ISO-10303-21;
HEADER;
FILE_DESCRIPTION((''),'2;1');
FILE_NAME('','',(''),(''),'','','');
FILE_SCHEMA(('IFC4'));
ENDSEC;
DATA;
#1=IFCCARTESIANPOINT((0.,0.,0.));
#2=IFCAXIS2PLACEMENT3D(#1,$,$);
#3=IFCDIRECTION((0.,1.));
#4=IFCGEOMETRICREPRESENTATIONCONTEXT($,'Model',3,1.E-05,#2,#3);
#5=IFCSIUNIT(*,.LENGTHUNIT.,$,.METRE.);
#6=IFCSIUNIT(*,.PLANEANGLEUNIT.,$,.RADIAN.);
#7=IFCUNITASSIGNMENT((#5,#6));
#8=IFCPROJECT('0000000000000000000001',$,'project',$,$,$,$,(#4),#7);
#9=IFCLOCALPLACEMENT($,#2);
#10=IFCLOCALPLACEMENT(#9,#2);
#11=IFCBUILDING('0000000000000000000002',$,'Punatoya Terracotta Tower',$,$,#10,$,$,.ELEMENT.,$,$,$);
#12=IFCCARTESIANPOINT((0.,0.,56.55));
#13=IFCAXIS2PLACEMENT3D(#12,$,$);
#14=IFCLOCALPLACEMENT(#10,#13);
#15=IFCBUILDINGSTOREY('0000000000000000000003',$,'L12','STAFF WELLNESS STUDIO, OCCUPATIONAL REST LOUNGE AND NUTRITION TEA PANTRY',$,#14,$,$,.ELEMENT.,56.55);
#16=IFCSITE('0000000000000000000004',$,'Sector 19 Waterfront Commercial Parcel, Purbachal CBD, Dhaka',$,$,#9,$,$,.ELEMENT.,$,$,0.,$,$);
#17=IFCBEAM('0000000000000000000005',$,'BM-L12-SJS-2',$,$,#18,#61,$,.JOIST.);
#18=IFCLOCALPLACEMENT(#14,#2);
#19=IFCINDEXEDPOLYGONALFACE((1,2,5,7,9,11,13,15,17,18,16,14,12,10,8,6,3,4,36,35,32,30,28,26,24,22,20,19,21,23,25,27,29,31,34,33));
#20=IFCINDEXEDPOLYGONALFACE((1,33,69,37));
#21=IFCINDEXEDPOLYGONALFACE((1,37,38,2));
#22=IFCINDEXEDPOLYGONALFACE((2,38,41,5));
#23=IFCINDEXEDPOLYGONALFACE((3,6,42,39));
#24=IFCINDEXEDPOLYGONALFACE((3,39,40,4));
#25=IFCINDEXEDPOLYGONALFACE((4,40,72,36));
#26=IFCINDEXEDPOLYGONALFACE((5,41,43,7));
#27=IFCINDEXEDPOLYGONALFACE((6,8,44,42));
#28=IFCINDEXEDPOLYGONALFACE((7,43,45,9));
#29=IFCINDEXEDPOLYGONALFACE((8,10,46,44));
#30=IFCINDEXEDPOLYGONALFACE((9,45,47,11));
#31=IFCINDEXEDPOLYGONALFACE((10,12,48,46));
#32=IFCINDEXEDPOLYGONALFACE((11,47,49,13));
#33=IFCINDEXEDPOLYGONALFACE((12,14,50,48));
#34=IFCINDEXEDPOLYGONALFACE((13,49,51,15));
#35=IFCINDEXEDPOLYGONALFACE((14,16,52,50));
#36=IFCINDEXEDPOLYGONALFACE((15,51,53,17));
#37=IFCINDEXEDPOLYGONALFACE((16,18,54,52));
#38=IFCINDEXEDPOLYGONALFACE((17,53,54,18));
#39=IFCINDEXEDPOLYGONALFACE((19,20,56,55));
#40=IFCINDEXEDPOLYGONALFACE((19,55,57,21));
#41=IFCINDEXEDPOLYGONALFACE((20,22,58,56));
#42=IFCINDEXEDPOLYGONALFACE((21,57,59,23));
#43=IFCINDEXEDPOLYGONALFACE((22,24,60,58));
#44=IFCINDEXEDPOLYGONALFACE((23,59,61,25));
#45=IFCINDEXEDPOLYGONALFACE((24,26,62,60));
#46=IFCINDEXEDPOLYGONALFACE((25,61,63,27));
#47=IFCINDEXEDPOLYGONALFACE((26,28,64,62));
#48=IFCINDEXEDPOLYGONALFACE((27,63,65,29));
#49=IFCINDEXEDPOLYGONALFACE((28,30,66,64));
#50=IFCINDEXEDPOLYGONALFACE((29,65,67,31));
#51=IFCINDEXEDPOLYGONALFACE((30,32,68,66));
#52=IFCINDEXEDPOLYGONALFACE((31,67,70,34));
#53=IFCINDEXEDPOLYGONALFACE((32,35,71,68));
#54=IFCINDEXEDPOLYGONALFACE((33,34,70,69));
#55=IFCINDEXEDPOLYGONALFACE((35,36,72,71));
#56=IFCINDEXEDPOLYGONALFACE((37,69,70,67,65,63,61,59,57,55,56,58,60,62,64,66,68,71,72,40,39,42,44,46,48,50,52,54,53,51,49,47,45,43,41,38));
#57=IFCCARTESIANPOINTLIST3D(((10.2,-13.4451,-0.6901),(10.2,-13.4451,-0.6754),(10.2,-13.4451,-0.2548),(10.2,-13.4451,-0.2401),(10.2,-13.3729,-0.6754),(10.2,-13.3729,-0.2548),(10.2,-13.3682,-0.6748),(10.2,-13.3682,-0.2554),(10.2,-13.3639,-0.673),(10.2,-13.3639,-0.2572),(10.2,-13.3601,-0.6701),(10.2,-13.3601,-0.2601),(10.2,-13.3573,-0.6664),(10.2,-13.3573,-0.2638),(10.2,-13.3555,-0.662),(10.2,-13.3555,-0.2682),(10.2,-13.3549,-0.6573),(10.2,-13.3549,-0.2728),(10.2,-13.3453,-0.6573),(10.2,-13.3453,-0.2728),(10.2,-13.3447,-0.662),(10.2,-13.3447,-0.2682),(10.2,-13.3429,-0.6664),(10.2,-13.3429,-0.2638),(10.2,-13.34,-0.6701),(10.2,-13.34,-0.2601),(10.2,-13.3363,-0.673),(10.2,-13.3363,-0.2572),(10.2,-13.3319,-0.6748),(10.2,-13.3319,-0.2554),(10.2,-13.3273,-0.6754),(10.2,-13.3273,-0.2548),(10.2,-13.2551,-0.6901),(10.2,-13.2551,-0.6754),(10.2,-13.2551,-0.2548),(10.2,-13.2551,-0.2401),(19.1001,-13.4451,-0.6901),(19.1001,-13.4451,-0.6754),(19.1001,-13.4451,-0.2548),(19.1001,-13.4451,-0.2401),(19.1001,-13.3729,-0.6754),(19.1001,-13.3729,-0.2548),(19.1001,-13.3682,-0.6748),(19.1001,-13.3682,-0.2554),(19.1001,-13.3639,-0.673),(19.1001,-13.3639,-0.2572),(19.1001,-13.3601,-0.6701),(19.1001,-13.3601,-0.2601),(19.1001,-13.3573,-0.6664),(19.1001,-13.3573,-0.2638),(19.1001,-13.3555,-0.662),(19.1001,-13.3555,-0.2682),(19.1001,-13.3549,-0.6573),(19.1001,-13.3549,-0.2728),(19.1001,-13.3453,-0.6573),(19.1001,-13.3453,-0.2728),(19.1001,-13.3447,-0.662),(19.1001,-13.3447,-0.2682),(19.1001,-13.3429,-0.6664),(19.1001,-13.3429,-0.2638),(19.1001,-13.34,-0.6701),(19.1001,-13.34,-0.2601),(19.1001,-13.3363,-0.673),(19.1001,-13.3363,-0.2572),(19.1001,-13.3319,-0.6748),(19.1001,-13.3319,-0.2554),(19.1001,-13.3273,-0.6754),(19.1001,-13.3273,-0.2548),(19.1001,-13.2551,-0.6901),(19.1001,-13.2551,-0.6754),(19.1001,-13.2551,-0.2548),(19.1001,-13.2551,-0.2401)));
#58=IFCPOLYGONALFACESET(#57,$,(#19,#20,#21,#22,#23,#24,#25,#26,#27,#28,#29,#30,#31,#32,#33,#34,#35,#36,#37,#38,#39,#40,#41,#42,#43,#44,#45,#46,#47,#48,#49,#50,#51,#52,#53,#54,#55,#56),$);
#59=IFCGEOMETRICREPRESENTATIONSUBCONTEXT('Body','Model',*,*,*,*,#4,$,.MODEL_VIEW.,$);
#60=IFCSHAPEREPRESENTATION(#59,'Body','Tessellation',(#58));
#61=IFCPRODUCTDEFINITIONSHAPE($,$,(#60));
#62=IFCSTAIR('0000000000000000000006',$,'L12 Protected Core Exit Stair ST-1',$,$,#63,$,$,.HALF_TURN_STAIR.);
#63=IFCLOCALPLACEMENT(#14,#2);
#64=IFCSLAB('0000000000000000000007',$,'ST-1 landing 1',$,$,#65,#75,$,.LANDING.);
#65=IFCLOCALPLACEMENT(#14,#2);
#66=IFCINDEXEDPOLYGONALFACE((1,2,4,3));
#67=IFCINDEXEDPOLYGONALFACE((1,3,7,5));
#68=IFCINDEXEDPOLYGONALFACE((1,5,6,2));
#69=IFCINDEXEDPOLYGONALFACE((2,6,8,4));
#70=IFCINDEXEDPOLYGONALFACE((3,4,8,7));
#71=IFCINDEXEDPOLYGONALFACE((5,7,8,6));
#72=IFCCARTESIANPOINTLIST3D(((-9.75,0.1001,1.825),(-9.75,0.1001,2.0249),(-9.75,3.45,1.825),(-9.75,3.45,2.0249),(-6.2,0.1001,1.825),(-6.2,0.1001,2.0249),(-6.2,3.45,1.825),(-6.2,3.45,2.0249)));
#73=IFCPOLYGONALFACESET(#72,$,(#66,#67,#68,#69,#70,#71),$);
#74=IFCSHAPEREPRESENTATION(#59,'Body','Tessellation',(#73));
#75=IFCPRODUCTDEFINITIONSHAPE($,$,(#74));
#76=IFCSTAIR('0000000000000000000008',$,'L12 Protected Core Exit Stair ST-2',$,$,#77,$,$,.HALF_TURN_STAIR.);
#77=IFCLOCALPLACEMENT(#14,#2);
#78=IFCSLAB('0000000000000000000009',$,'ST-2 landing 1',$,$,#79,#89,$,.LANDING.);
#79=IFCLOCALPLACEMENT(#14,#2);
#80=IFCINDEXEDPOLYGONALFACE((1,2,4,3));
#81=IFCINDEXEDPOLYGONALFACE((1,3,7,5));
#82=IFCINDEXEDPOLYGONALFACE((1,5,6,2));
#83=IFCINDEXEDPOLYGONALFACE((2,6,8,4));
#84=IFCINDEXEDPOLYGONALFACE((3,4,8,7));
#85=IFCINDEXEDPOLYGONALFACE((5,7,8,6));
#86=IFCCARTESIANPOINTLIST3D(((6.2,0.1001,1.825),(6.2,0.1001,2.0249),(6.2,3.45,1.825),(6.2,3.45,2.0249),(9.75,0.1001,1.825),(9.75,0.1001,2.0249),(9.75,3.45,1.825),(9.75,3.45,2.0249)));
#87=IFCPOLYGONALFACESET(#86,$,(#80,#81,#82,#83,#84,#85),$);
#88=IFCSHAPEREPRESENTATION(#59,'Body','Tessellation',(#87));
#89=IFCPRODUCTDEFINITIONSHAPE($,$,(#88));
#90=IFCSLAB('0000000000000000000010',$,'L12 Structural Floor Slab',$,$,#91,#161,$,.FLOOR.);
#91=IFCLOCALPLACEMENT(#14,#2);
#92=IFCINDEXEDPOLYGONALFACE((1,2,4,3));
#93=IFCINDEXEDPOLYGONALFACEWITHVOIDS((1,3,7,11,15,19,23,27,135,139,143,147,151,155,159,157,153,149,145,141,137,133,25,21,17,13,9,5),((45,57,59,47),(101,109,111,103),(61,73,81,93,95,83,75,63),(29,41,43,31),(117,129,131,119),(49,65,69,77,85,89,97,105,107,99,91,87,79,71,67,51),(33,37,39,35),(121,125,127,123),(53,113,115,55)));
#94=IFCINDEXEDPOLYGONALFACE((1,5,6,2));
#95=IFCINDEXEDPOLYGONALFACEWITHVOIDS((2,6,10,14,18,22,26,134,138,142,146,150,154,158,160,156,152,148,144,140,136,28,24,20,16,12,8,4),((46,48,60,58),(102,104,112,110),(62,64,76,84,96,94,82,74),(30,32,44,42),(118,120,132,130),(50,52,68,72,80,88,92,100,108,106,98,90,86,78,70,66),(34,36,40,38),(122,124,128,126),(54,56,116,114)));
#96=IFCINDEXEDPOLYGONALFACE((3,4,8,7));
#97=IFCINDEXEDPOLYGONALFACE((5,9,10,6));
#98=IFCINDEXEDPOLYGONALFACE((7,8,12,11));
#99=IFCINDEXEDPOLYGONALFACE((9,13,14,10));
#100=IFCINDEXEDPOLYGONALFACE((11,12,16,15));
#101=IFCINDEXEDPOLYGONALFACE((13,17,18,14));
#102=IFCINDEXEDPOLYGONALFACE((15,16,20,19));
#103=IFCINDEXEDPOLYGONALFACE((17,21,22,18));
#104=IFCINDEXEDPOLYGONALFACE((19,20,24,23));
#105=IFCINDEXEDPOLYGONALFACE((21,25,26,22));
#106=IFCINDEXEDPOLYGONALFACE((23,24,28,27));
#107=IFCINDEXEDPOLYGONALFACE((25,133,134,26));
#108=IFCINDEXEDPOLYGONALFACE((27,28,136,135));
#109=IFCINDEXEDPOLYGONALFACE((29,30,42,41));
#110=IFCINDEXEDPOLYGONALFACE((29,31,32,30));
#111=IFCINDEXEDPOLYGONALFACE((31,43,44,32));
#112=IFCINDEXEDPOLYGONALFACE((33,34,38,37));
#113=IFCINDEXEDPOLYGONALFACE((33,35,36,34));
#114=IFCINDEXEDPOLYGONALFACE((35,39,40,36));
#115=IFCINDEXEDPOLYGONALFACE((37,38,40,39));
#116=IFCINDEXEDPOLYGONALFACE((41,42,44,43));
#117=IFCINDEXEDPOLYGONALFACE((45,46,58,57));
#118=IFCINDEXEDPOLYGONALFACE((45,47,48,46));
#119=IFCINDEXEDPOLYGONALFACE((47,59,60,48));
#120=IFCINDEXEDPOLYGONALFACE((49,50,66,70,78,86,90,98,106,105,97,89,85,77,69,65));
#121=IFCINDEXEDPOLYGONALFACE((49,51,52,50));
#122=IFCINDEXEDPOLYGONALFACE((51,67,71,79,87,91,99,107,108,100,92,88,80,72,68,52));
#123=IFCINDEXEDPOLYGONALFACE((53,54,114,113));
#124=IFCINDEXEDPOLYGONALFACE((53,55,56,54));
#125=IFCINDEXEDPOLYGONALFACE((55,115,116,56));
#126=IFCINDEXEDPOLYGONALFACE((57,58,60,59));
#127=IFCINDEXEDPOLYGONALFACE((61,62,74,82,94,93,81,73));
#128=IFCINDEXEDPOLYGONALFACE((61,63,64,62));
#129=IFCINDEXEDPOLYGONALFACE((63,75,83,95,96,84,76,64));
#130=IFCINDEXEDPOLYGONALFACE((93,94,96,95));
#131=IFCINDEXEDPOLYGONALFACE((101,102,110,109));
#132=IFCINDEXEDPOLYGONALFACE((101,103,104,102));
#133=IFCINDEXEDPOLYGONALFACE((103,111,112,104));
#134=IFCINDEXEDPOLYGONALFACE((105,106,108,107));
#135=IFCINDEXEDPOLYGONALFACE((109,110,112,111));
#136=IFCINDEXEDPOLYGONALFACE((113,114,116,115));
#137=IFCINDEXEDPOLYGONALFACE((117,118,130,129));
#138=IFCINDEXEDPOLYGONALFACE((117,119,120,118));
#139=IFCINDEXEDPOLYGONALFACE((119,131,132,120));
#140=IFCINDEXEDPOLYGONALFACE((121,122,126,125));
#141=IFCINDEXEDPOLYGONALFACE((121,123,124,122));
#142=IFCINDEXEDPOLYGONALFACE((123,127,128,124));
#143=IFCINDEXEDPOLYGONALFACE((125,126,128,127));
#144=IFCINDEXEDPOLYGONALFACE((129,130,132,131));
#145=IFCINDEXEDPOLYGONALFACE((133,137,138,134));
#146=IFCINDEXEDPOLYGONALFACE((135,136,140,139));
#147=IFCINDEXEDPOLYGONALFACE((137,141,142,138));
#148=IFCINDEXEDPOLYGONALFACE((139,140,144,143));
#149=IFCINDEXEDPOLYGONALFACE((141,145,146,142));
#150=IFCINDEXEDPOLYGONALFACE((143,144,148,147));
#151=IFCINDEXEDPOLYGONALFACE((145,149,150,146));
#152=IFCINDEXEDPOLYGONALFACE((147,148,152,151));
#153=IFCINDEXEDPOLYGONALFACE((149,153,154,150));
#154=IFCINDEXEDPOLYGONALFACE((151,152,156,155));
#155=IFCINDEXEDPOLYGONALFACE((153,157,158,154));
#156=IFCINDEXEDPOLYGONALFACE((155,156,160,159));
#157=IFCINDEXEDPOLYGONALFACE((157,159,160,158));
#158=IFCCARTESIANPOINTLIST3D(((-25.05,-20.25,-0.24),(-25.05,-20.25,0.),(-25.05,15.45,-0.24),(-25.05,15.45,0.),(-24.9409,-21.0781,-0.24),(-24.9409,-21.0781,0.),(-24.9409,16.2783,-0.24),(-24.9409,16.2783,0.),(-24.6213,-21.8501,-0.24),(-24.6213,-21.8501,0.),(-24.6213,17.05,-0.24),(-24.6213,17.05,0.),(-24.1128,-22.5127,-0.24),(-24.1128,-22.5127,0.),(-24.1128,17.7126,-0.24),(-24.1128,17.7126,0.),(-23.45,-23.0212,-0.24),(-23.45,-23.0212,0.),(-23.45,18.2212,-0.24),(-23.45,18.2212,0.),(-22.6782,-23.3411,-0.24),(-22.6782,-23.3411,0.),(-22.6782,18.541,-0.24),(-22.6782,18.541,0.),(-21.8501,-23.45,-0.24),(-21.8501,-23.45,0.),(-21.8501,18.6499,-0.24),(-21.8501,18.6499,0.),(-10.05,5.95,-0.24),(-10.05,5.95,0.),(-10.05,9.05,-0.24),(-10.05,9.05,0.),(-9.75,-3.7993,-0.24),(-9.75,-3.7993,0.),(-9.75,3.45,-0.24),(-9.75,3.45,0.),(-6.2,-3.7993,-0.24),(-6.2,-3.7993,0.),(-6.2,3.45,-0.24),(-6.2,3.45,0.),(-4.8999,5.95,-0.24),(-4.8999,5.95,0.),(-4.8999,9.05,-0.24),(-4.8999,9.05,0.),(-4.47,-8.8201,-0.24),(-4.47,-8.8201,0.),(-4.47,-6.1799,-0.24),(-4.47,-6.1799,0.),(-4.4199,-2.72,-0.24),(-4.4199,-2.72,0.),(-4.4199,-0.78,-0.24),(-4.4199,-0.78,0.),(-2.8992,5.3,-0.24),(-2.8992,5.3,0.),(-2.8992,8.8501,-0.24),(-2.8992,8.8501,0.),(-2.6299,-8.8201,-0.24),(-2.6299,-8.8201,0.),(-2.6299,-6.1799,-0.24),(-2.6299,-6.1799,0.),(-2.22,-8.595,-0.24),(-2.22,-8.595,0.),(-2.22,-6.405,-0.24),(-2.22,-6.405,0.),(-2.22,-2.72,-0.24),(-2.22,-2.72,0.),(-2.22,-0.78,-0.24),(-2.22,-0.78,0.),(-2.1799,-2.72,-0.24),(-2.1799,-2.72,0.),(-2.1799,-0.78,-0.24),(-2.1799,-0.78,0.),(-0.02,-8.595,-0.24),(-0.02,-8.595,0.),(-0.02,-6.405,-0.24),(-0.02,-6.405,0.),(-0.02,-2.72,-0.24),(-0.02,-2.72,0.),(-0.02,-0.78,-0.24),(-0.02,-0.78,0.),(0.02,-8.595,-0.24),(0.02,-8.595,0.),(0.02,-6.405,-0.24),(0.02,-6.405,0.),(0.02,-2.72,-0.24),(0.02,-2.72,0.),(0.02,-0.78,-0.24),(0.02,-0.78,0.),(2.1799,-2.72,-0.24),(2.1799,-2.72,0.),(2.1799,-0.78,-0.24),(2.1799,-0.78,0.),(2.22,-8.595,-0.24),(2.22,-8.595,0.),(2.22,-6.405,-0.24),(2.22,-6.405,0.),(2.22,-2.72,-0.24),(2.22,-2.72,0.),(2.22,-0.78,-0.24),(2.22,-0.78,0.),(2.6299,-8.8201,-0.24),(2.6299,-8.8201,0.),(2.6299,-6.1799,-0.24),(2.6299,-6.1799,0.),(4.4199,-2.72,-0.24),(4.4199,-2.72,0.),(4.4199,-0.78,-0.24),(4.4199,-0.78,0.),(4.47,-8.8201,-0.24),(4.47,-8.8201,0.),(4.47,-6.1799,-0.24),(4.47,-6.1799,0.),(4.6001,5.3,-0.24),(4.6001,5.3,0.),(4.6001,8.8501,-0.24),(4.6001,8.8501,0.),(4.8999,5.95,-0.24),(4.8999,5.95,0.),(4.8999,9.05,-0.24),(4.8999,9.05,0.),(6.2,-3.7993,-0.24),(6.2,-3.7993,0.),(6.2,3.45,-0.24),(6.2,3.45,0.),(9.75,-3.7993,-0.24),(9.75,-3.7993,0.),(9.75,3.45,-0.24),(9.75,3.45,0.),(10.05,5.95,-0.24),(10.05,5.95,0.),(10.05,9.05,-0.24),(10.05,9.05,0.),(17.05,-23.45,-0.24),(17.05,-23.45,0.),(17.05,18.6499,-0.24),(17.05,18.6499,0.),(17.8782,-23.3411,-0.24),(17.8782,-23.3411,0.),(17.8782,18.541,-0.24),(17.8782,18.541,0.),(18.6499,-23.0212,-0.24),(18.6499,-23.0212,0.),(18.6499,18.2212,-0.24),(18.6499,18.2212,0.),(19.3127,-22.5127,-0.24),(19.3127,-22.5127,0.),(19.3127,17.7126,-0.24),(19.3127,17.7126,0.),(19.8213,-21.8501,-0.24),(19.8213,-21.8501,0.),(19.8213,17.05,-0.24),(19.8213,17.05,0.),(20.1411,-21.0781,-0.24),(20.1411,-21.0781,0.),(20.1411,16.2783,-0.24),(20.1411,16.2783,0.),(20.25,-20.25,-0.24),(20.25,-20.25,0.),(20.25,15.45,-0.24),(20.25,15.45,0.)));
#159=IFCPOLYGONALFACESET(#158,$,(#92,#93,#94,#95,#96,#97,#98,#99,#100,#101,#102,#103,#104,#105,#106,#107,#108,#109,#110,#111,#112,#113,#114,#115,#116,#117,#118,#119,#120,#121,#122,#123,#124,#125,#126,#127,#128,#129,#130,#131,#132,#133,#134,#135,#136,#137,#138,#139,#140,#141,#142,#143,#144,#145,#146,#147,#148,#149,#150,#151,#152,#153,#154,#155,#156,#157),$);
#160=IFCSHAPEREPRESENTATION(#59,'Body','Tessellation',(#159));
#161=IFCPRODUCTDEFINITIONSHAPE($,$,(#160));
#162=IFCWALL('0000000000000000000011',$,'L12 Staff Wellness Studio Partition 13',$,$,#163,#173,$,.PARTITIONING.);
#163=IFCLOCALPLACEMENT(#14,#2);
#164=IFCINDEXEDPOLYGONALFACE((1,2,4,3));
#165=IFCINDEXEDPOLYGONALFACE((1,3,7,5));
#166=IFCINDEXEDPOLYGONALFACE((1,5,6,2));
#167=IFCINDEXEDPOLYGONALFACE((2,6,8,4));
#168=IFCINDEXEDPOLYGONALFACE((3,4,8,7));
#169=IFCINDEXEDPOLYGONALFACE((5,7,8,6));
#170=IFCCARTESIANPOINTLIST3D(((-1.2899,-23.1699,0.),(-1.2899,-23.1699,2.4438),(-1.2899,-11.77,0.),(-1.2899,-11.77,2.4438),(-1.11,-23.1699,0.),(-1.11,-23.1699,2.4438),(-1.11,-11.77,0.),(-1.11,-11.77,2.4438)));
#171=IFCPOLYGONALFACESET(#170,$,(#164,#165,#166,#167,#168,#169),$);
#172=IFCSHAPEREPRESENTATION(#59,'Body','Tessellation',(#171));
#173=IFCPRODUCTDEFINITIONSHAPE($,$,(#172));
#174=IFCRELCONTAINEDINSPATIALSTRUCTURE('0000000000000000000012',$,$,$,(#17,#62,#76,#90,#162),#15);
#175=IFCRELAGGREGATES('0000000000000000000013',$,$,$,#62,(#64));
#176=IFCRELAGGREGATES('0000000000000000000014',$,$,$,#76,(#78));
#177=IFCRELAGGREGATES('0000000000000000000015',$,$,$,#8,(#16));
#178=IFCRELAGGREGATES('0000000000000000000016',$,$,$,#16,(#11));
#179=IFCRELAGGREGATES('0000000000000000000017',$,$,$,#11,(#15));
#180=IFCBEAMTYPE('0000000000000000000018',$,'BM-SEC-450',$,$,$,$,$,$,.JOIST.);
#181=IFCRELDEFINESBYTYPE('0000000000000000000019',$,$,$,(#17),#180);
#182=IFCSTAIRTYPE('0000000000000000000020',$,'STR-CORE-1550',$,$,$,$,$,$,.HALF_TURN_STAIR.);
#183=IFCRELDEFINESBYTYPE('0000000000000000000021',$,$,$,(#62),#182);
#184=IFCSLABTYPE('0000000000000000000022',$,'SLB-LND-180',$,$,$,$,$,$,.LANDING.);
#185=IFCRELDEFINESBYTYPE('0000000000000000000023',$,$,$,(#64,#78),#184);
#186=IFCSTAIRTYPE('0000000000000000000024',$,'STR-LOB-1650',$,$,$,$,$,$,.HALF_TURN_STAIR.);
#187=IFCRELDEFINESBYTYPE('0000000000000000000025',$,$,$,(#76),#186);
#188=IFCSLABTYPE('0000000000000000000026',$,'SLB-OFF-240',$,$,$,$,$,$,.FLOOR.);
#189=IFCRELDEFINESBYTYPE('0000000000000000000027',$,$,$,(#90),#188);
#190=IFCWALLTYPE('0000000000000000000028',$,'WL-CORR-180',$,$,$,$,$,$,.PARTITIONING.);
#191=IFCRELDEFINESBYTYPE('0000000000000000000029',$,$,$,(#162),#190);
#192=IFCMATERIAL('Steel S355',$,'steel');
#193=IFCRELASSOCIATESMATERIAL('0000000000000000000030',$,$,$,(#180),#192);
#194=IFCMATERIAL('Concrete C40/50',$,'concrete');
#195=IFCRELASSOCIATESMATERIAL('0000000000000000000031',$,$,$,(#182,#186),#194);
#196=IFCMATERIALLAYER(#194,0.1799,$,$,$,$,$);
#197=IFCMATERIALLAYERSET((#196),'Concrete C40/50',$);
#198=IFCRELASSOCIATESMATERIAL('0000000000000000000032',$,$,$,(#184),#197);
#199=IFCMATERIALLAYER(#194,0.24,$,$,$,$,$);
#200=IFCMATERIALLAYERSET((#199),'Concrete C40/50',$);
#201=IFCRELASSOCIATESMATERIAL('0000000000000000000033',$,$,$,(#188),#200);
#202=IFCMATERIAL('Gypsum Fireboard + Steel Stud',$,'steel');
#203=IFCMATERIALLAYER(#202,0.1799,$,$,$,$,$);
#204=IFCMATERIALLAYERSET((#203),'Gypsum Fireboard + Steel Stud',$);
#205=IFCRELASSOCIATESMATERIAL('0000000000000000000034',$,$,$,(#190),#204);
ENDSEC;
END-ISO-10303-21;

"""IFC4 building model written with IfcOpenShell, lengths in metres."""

from ifc_helpers import new_model, si_unit, direction, frame, frame_2d, origin, origin_2d, place, context, subcontext, project, spatial, polyline, rectangle, i_section, outline, extrude, material, layer, layer_set, material_profile, profile_set, type_object, element, aggregate, save


model = new_model("IFC4")

# Units and contexts
model_context = context("Model", 3, precision=1e-05, world=origin(), true_north=direction((0.0, 1.0)))
body_context = subcontext(model_context, "Body", "Model", "MODEL_VIEW")
ifc_project = project(units=[si_unit("LENGTHUNIT", "METRE"), si_unit("PLANEANGLEUNIT", "RADIAN")], contexts=[model_context])

# Site, building, storey
site_placement = place(None, origin())
site = spatial("IfcSite", under=ifc_project, at=site_placement, Name="Sector 19 Waterfront Commercial Parcel, Purbachal CBD, Dhaka", CompositionType="ELEMENT", RefElevation=0.0)
building_placement = place(site_placement, origin())
building = spatial("IfcBuilding", under=site, at=building_placement, Name="Punatoya Terracotta Tower", CompositionType="ELEMENT")
storey_placement = place(building_placement, frame((0.0, 0.0, 56.55)))
storey = spatial("IfcBuildingStorey", under=building, at=storey_placement, Name="L12", Description="STAFF WELLNESS STUDIO, OCCUPATIONAL REST LOUNGE AND NUTRITION TEA PANTRY", CompositionType="ELEMENT", Elevation=56.55)

# Beam
ifc_material_1 = material(Name="Steel S355", Category="steel")
ifc_material_profile = material_profile(ifc_material_1, i_section(OverallWidth=0.1899, OverallDepth=0.45, WebThickness=0.0095, FlangeThickness=0.0146, FilletRadius=0.0181, at=origin_2d()))
ifc_profile_set = profile_set([ifc_material_profile], Name="Steel S355")
beam_type = type_object("IfcBeamType", Name="BM-SEC-450", PredefinedType="JOIST", material=ifc_profile_set)
beam_placement = place(storey_placement, frame((10.2, -13.3501, -0.4651), z_axis=(1.0, 0.0, 0.0), x_axis=(0.0, 1.0, 0.0)))
element("IfcBeam", 1, at=beam_placement, inside=storey, type_object=beam_type, Name="BM-L12-SJS-2", PredefinedType="JOIST", context=body_context, shape_type="SweptSolid", body=[
    extrude(i_section(OverallWidth=0.1899, OverallDepth=0.45, WebThickness=0.0095, FlangeThickness=0.0146, FilletRadius=0.0181, at=origin_2d()), origin(), (0.0, 0.0, 1.0), 8.9001),
])

# Stairs, slabs
ifc_material_2 = material(Name="Concrete C40/50", Category="concrete")
stair_type_1 = type_object("IfcStairType", Name="STR-CORE-1550", PredefinedType="HALF_TURN_STAIR", material=ifc_material_2)
stair_1_placement = place(storey_placement, origin())
stair_1 = element("IfcStair", 2, at=stair_1_placement, inside=storey, type_object=stair_type_1, Name="L12 Protected Core Exit Stair ST-1", PredefinedType="HALF_TURN_STAIR")
ifc_layer_1 = layer(ifc_material_2, 0.1799)
ifc_layer_set_1 = layer_set([ifc_layer_1], Name="Concrete C40/50")
slab_type_1 = type_object("IfcSlabType", Name="SLB-LND-180", PredefinedType="LANDING", material=ifc_layer_set_1)
slab_1_placement = place(storey_placement, frame((0.0, 0.0, 1.825)))
slab_1 = element("IfcSlab", 3, at=slab_1_placement, type_object=slab_type_1, Name="ST-1 landing 1", PredefinedType="LANDING", context=body_context, shape_type="SweptSolid", body=[
    extrude(outline(polyline([(-6.2, 0.1001), (-6.2, 3.45), (-9.75, 3.45), (-9.75, 0.1001), (-6.2, 0.1001)])), origin(), (0.0, 0.0, 1.0), 0.2),
])
aggregate(stair_1, [slab_1])
stair_type_2 = type_object("IfcStairType", Name="STR-LOB-1650", PredefinedType="HALF_TURN_STAIR", material=ifc_material_2)
stair_2_placement = place(storey_placement, origin())
stair_2 = element("IfcStair", 4, at=stair_2_placement, inside=storey, type_object=stair_type_2, Name="L12 Protected Core Exit Stair ST-2", PredefinedType="HALF_TURN_STAIR")
slab_2_placement = place(storey_placement, frame((0.0, 0.0, 1.825)))
slab_2 = element("IfcSlab", 5, at=slab_2_placement, type_object=slab_type_1, Name="ST-2 landing 1", PredefinedType="LANDING", context=body_context, shape_type="SweptSolid", body=[
    extrude(outline(polyline([(9.75, 0.1001), (9.75, 3.45), (6.2, 3.45), (6.2, 0.1001), (9.75, 0.1001)])), origin(), (0.0, 0.0, 1.0), 0.2),
])

# Slab
ifc_layer_2 = layer(ifc_material_2, 0.24)
ifc_layer_set_2 = layer_set([ifc_layer_2], Name="Concrete C40/50")
slab_type_2 = type_object("IfcSlabType", Name="SLB-OFF-240", PredefinedType="FLOOR", material=ifc_layer_set_2)
slab_3_placement = place(storey_placement, frame((0.0, 0.0, -0.24)))
element("IfcSlab", 6, at=slab_3_placement, inside=storey, type_object=slab_type_2, Name="L12 Structural Floor Slab", PredefinedType="FLOOR", context=body_context, shape_type="SweptSolid", body=[
    extrude(outline(polyline([(-21.8501, -23.45), (-22.6782, -23.3411), (-23.45, -23.0212), (-24.1128, -22.5127), (-24.6213, -21.8501), (-24.9409, -21.0781), (-25.05, -20.25), (-25.05, 15.45), (-24.9409, 16.2783), (-24.6213, 17.05), (-24.1128, 17.7126), (-23.45, 18.2212), (-22.6782, 18.541), (-21.8501, 18.6499), (17.05, 18.6499), (17.8782, 18.541), (18.6499, 18.2212), (19.3127, 17.7126), (19.8213, 17.05), (20.1411, 16.2783), (20.25, 15.45), (20.25, -20.25), (20.1411, -21.0781), (19.8213, -21.8501), (19.3127, -22.5127), (18.6499, -23.0212), (17.8782, -23.3411), (17.05, -23.45), (-21.8501, -23.45)]), holes=[polyline([(-2.6299, -6.1799), (-4.47, -6.1799), (-4.47, -8.8201), (-2.6299, -8.8201), (-2.6299, -6.1799)]), polyline([(0.02, -8.595), (2.22, -8.595), (2.22, -6.405), (0.02, -6.405), (-0.02, -6.405), (-2.22, -6.405), (-2.22, -8.595), (-0.02, -8.595), (0.02, -8.595)]), polyline([(-2.22, -2.72), (-2.1799, -2.72), (-0.02, -2.72), (0.02, -2.72), (2.1799, -2.72), (2.22, -2.72), (4.4199, -2.72), (4.4199, -0.78), (2.22, -0.78), (2.1799, -0.78), (0.02, -0.78), (-0.02, -0.78), (-2.1799, -0.78), (-2.22, -0.78), (-4.4199, -0.78), (-4.4199, -2.72), (-2.22, -2.72)]), polyline([(-6.2, 3.45), (-9.75, 3.45), (-9.75, -3.7993), (-6.2, -3.7993), (-6.2, 3.45)]), polyline([(4.6001, 5.3), (4.6001, 8.8501), (-2.8992, 8.8501), (-2.8992, 5.3), (4.6001, 5.3)]), polyline([(-4.8999, 9.05), (-10.05, 9.05), (-10.05, 5.95), (-4.8999, 5.95), (-4.8999, 9.05)]), polyline([(4.47, -8.8201), (4.47, -6.1799), (2.6299, -6.1799), (2.6299, -8.8201), (4.47, -8.8201)]), polyline([(9.75, 3.45), (6.2, 3.45), (6.2, -3.7993), (9.75, -3.7993), (9.75, 3.45)]), polyline([(10.05, 5.95), (10.05, 9.05), (4.8999, 9.05), (4.8999, 5.95), (10.05, 5.95)])]), origin(), (0.0, 0.0, 1.0), 0.24),
])

# Wall
ifc_material_3 = material(Name="Gypsum Fireboard + Steel Stud", Category="steel")
ifc_layer_3 = layer(ifc_material_3, 0.1799)
ifc_layer_set_3 = layer_set([ifc_layer_3], Name="Gypsum Fireboard + Steel Stud")
wall_type_1 = type_object("IfcWallType", Name="WL-CORR-180", PredefinedType="PARTITIONING", material=ifc_layer_set_3)
wall_1_placement = place(storey_placement, frame((-1.2, -11.77, 0.0), z_axis=(0.0, 0.0, 1.0), x_axis=(0.0, -1.0, 0.0)))
element("IfcWall", 7, at=wall_1_placement, inside=storey, type_object=wall_type_1, Name="L12 Staff Wellness Studio Partition 13", PredefinedType="PARTITIONING", context=body_context, shape_type="SweptSolid", body=[
    extrude(rectangle(XDim=11.3999, YDim=0.1799, at=frame_2d((5.7, 0.0))), origin(), (0.0, 0.0, 1.0), 2.4438),
])

aggregate(stair_2, [slab_2])

save(model, "model.ifc")
